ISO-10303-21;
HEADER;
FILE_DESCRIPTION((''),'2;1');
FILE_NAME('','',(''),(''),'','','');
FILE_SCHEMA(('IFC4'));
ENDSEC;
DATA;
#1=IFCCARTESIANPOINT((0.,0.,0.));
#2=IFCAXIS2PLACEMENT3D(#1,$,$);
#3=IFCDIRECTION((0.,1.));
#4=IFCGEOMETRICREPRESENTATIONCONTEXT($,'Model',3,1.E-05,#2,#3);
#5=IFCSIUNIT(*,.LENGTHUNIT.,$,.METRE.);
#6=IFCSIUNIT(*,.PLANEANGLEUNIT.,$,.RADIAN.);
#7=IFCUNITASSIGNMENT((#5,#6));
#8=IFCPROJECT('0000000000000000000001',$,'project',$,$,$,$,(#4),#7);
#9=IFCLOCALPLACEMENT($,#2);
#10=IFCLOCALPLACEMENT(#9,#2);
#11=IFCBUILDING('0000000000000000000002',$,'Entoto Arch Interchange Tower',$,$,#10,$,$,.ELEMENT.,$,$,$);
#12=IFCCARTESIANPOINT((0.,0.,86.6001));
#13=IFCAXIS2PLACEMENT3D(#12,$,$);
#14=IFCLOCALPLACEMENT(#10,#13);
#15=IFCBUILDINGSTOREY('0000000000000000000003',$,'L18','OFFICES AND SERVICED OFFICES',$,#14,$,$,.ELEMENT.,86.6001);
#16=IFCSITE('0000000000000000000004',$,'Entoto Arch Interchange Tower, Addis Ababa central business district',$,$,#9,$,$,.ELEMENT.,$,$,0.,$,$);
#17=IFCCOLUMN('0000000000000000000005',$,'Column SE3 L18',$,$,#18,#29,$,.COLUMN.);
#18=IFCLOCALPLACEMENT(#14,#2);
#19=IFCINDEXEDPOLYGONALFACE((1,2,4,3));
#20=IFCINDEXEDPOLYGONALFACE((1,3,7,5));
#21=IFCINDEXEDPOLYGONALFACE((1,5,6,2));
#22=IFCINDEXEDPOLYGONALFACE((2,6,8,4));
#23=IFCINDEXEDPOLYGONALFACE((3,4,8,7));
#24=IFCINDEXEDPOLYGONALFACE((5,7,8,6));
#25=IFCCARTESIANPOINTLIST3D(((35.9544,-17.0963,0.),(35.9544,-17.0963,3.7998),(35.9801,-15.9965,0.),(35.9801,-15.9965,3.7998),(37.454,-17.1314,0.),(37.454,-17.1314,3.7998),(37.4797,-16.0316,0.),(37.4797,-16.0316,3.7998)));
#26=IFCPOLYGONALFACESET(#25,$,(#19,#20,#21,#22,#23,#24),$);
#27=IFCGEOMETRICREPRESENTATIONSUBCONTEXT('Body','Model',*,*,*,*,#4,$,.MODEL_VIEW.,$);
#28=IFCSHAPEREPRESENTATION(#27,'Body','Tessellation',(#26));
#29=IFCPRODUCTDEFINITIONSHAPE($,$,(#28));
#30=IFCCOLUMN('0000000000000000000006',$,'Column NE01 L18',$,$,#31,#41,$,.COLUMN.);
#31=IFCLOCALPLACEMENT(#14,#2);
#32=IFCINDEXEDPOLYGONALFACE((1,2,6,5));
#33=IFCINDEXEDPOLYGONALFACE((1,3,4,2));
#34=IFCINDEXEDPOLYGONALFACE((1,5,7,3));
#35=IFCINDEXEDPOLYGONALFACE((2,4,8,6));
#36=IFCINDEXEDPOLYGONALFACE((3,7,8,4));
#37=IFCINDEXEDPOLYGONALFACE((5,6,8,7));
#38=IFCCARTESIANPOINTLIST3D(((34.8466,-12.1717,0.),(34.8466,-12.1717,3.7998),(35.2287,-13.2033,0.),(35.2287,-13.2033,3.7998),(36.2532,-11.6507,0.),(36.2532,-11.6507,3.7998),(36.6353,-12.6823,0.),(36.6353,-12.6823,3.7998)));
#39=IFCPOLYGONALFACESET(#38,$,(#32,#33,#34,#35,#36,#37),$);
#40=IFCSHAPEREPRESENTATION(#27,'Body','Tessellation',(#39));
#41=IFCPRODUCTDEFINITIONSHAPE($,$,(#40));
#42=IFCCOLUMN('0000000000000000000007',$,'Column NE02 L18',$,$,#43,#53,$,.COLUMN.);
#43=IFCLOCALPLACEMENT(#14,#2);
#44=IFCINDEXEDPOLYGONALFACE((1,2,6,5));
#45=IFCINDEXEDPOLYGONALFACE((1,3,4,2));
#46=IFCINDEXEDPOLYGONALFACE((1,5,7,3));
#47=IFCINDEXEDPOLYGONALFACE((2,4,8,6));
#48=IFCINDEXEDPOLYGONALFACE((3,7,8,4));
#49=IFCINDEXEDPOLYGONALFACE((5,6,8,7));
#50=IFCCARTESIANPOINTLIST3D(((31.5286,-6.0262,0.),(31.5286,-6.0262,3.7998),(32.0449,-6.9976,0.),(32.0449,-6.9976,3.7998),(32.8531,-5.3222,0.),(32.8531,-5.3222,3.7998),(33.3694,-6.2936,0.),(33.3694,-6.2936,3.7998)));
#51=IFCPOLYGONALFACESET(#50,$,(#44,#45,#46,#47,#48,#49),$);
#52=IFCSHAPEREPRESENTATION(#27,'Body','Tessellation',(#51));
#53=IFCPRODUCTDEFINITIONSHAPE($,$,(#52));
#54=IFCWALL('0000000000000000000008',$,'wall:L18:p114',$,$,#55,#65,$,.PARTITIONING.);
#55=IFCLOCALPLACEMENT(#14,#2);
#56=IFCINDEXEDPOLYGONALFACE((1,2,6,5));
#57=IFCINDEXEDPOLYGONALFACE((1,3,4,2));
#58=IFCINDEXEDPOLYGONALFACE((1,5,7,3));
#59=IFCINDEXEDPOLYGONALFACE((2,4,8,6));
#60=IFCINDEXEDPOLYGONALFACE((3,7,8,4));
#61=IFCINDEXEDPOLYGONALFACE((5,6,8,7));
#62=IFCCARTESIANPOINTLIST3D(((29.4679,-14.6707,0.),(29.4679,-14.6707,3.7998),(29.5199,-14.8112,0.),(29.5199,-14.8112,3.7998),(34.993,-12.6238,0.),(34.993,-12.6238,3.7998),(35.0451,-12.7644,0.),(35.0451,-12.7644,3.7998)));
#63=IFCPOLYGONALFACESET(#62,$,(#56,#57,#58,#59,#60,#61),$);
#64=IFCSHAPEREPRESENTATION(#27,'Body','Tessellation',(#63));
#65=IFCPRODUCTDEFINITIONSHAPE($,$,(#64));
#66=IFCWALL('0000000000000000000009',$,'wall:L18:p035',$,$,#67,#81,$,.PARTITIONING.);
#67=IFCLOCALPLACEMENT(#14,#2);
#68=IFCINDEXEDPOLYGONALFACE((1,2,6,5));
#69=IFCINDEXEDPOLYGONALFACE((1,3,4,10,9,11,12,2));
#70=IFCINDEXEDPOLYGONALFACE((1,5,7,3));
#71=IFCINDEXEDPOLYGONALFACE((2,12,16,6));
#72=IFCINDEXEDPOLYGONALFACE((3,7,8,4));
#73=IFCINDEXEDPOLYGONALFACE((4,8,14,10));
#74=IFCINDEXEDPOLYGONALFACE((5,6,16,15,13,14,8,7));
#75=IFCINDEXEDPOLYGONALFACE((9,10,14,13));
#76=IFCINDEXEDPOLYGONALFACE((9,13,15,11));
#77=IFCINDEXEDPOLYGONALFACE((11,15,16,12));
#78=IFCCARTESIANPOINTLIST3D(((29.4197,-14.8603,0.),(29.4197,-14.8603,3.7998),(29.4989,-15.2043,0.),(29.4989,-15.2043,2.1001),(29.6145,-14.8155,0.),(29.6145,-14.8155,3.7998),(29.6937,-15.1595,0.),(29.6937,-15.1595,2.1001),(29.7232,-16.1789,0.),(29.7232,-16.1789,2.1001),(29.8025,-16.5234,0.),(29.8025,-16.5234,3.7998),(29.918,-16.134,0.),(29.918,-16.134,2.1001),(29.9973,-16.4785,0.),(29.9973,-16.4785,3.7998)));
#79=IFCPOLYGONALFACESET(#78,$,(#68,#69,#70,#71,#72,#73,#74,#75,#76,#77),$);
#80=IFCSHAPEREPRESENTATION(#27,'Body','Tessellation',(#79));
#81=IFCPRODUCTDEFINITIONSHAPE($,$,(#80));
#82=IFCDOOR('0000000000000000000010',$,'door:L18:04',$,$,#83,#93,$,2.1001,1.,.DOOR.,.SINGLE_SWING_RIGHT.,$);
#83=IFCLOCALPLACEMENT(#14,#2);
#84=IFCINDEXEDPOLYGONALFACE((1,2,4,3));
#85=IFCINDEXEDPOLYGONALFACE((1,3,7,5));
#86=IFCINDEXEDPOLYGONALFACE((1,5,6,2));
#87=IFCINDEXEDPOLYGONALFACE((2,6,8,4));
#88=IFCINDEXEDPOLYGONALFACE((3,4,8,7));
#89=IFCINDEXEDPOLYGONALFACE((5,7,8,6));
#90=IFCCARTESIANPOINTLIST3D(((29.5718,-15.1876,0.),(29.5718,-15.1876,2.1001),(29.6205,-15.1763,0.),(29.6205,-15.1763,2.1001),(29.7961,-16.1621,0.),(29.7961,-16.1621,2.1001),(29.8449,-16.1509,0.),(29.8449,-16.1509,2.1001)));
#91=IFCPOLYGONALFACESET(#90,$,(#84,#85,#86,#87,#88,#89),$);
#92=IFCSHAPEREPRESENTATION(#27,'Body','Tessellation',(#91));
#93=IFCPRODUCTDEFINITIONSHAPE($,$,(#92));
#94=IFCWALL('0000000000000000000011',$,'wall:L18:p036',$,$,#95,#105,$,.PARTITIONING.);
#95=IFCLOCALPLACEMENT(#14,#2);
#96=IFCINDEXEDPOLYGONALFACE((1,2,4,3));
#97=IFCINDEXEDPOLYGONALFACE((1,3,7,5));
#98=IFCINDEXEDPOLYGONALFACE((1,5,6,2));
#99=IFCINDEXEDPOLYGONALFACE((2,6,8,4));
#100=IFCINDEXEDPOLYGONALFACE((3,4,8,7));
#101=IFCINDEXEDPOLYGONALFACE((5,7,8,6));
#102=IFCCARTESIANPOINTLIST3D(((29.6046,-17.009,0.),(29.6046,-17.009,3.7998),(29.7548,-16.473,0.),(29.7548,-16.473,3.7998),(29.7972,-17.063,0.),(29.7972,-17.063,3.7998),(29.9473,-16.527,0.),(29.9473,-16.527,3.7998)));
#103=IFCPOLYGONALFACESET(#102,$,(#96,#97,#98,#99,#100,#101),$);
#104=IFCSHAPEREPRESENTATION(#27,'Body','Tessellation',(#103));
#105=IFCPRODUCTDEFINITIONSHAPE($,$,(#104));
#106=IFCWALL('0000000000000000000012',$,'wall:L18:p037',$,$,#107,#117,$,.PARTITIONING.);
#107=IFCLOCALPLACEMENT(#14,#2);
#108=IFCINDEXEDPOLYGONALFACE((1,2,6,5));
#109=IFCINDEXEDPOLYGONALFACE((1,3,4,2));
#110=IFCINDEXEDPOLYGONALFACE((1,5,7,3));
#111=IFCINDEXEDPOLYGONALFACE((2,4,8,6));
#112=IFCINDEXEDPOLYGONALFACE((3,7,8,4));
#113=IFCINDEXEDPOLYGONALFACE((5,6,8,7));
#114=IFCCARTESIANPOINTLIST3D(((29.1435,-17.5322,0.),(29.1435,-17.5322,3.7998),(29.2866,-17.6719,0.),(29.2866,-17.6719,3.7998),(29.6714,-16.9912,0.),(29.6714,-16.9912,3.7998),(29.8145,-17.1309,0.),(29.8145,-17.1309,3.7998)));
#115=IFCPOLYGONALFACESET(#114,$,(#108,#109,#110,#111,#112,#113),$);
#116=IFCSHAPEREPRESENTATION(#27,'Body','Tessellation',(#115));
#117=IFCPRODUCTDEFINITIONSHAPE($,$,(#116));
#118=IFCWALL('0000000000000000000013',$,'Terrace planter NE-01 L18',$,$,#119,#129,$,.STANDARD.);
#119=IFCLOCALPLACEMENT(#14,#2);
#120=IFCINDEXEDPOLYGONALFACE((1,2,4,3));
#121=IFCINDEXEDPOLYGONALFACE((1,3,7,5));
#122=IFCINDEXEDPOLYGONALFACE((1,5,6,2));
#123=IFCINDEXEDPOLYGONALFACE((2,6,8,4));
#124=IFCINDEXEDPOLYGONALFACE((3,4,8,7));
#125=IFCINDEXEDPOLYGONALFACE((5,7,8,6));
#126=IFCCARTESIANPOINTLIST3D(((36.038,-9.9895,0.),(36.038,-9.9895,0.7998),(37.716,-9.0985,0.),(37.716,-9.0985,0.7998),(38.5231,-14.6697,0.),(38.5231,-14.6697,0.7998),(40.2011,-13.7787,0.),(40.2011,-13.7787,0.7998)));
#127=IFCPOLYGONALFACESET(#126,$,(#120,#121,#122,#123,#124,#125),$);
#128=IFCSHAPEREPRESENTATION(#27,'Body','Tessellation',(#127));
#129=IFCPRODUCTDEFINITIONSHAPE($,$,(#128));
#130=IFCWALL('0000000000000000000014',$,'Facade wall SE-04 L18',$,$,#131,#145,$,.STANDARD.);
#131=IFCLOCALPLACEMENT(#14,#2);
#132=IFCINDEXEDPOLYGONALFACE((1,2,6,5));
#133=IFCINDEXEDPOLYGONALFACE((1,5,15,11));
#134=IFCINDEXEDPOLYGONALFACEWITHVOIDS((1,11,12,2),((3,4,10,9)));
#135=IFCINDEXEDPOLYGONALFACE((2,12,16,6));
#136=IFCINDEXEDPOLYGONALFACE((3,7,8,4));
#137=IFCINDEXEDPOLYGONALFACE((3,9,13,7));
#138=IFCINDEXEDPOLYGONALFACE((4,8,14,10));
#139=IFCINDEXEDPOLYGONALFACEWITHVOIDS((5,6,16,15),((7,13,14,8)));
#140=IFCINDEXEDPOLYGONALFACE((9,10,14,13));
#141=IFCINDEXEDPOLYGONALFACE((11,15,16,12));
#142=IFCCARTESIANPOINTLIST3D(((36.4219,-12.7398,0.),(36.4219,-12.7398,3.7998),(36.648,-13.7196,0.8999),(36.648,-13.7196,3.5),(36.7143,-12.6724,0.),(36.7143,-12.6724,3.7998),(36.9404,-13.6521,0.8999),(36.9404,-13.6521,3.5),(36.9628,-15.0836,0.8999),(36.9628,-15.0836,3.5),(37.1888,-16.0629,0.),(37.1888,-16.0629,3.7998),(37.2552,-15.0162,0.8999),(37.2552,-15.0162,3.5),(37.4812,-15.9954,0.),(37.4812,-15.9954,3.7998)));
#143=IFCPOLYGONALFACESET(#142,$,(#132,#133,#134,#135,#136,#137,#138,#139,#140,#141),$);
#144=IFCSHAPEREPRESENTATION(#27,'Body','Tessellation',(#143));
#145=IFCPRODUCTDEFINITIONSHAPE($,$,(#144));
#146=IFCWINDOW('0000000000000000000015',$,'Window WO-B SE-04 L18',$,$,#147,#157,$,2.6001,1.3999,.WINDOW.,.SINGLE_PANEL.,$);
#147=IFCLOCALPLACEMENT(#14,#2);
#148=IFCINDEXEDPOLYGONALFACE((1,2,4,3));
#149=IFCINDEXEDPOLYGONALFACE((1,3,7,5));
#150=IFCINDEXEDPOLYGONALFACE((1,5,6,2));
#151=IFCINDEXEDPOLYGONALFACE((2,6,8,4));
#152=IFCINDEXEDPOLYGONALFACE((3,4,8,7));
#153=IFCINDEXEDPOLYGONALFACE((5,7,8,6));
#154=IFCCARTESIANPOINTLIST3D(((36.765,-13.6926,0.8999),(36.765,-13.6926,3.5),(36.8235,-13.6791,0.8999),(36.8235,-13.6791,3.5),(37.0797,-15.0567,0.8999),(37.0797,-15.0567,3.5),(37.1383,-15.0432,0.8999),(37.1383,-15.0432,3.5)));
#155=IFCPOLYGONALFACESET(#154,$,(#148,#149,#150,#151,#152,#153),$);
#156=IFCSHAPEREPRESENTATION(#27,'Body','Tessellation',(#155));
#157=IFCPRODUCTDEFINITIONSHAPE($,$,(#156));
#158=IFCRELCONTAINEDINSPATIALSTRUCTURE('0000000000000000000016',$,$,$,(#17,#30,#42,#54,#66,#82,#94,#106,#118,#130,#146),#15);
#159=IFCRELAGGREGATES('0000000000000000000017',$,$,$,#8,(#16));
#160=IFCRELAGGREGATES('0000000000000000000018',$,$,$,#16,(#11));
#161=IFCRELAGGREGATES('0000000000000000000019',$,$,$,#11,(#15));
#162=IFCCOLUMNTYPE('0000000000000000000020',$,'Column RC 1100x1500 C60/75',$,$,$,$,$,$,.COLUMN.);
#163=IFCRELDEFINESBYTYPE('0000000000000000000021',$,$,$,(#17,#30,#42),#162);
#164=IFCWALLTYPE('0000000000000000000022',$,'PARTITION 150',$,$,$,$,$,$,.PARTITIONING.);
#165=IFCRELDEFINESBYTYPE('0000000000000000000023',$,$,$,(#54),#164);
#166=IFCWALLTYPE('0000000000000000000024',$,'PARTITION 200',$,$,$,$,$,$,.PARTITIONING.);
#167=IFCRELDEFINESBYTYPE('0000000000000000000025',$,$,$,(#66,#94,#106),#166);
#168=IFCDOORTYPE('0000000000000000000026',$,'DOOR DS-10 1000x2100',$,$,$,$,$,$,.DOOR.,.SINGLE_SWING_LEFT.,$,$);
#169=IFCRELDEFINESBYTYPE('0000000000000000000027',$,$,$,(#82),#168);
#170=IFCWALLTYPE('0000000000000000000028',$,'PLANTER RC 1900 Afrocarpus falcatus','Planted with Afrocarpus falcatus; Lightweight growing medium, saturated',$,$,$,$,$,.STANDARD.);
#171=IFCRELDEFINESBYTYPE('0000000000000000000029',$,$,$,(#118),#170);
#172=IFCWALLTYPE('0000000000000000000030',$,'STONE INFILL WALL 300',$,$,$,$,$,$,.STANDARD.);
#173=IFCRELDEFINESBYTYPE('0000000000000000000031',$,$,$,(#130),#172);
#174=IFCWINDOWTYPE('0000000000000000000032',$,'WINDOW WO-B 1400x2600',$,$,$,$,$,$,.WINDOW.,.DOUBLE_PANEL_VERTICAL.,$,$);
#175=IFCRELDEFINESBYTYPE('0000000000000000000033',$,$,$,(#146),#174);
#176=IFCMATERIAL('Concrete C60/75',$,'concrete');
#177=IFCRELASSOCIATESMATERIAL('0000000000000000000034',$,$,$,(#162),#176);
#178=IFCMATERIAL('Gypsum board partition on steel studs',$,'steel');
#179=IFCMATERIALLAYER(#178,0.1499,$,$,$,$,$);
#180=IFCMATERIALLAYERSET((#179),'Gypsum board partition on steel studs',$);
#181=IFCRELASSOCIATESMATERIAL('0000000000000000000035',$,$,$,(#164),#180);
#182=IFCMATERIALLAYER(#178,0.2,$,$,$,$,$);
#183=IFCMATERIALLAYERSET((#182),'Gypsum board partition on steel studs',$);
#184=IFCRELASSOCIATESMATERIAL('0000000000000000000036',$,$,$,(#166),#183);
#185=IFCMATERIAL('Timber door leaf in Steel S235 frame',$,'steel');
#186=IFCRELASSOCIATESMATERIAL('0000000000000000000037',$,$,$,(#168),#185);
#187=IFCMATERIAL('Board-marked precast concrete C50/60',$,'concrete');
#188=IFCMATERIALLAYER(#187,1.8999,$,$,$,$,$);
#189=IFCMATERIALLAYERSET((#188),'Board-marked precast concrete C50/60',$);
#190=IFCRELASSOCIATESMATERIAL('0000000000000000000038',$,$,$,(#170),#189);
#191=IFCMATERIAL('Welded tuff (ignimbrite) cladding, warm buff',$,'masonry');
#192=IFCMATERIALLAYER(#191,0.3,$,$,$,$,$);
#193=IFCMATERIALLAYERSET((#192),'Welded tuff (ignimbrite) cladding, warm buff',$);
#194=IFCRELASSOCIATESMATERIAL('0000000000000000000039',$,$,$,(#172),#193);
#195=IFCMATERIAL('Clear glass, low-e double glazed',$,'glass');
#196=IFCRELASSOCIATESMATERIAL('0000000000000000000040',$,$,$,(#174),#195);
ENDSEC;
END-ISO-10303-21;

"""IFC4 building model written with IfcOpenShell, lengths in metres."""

from ifc_helpers import new_model, si_unit, direction, frame, frame_2d, origin, origin_2d, place, context, subcontext, project, spatial, rectangle, extrude, material, layer, layer_set, material_profile, profile_set, type_object, element, fill, save


model = new_model("IFC4")

# Units and contexts
model_context = context("Model", 3, precision=1e-05, world=origin(), true_north=direction((0.0, 1.0)))
body_context = subcontext(model_context, "Body", "Model", "MODEL_VIEW")
ifc_project = project(units=[si_unit("LENGTHUNIT", "METRE"), si_unit("PLANEANGLEUNIT", "RADIAN")], contexts=[model_context])

# Site, building, storey
site_placement = place(None, origin())
site = spatial("IfcSite", under=ifc_project, at=site_placement, Name="Entoto Arch Interchange Tower, Addis Ababa central business district", CompositionType="ELEMENT", RefElevation=0.0)
building_placement = place(site_placement, origin())
building = spatial("IfcBuilding", under=site, at=building_placement, Name="Entoto Arch Interchange Tower", CompositionType="ELEMENT")
storey_placement = place(building_placement, frame((0.0, 0.0, 86.6001)))
storey = spatial("IfcBuildingStorey", under=building, at=storey_placement, Name="L18", Description="OFFICES AND SERVICED OFFICES", CompositionType="ELEMENT", Elevation=86.6001)

# Columns
ifc_material_1 = material(Name="Concrete C60/75", Category="concrete")
ifc_material_profile = material_profile(ifc_material_1, rectangle(XDim=1.1001, YDim=1.5, at=origin_2d()))
ifc_profile_set = profile_set([ifc_material_profile], Name="Concrete C60/75")
column_type = type_object("IfcColumnType", Name="Column RC 1100x1500 C60/75", PredefinedType="COLUMN", material=ifc_profile_set)
for number, where, z_axis, x_axis, name in (
    (1, (36.717, -16.564, 0.0), (0.0, 0.0, 1.0), (0.023385, 0.999727, 0.0), "Column SE3 L18"),
    (2, (35.741, -12.427, 0.0), (0.0, 0.0, 1.0), (-0.347312, 0.93775, 0.0), "Column NE01 L18"),
    (3, (32.449, -6.1599, 0.0), (0.0, 0.0, 1.0), (-0.469333, 0.883021, 0.0), "Column NE02 L18"),
):
    element("IfcColumn", number, at=place(storey_placement, frame(where, z_axis=z_axis, x_axis=x_axis)), inside=storey, type_object=column_type, Name=name, PredefinedType="COLUMN", context=body_context, shape_type="SweptSolid", body=[
        extrude(rectangle(XDim=1.1001, YDim=1.5, at=origin_2d()), origin(), (0.0, 0.0, 1.0), 3.7998),
    ])

# Wall
ifc_material_2 = material(Name="Gypsum board partition on steel studs", Category="steel")
ifc_layer_1 = layer(ifc_material_2, 0.1499)
ifc_layer_set_1 = layer_set([ifc_layer_1], Name="Gypsum board partition on steel studs")
wall_type_1 = type_object("IfcWallType", Name="PARTITION 150", PredefinedType="PARTITIONING", material=ifc_layer_set_1)
wall_1_placement = place(storey_placement, frame((29.4939, -14.741, 0.0), z_axis=(0.0, 0.0, 1.0), x_axis=(0.93772, 0.347393, 0.0)))
element("IfcWall", 4, at=wall_1_placement, inside=storey, type_object=wall_type_1, Name="wall:L18:p114", PredefinedType="PARTITIONING", context=body_context, shape_type="SweptSolid", body=[
    extrude(rectangle(XDim=5.8921, YDim=0.1499, at=frame_2d((2.946, 0.0))), origin(), (0.0, 0.0, 1.0), 3.7998),
])

# Wall, opening, door
ifc_layer_2 = layer(ifc_material_2, 0.2)
ifc_layer_set_2 = layer_set([ifc_layer_2], Name="Gypsum board partition on steel studs")
wall_type_2 = type_object("IfcWallType", Name="PARTITION 200", PredefinedType="PARTITIONING", material=ifc_layer_set_2)
wall_2_placement = place(storey_placement, frame((29.5171, -14.8379, 0.0), z_axis=(0.0, 0.0, 1.0), x_axis=(0.224316, -0.974516, 0.0)))
wall_2 = element("IfcWall", 5, at=wall_2_placement, inside=storey, type_object=wall_type_2, Name="wall:L18:p035", PredefinedType="PARTITIONING", context=body_context, shape_type="SweptSolid", body=[
    extrude(rectangle(XDim=1.7065, YDim=0.2, at=frame_2d((0.8533, 0.0))), origin(), (0.0, 0.0, 1.0), 3.7998),
])
opening_1_placement = place(wall_2_placement, frame((0.353, 0.0, 0.0)))
opening_1 = element("IfcOpeningElement", 6, at=opening_1_placement, cuts=wall_2, PredefinedType="OPENING", context=body_context, shape_type="SweptSolid", body=[
    extrude(rectangle(XDim=1.0, YDim=2.1001, at=frame_2d((0.5, 1.05))), frame((0.0, 0.1099, 0.0), z_axis=(0.0, -1.0, 0.0), x_axis=(1.0, 0.0, 0.0)), (0.0, 0.0, 1.0), 0.22),
])
ifc_material_3 = material(Name="Timber door leaf in Steel S235 frame", Category="steel")
door_type_1 = type_object("IfcDoorType", Name="DOOR DS-10 1000x2100", OperationType="SINGLE_SWING_LEFT", PredefinedType="DOOR", material=ifc_material_3)
door_1_placement = place(opening_1_placement, origin())
door_1 = element("IfcDoor", 7, at=door_1_placement, inside=storey, type_object=door_type_1, Name="door:L18:04", OperationType="SINGLE_SWING_RIGHT", OverallHeight=2.1001, OverallWidth=1.0, PredefinedType="DOOR", context=body_context, shape_type="SweptSolid", body=[
    extrude(rectangle(XDim=1.0, YDim=2.1001, at=frame_2d((0.5, 1.05))), frame((0.0, 0.0249, 0.0), z_axis=(0.0, -1.0, 0.0), x_axis=(1.0, 0.0, 0.0)), (0.0, 0.0, 1.0), 0.05),
])
fill(opening_1, door_1)

# Walls
wall_3_placement = place(storey_placement, frame((29.8511, -16.5, 0.0), z_axis=(0.0, 0.0, 1.0), x_axis=(-0.269793, -0.962918, 0.0)))
element("IfcWall", 8, at=wall_3_placement, inside=storey, type_object=wall_type_2, Name="wall:L18:p036", PredefinedType="PARTITIONING", context=body_context, shape_type="SweptSolid", body=[
    extrude(rectangle(XDim=0.5566, YDim=0.2, at=frame_2d((0.2783, 0.0))), origin(), (0.0, 0.0, 1.0), 3.7998),
])
wall_4_placement = place(storey_placement, frame((29.7429, -17.061, 0.0), z_axis=(0.0, 0.0, 1.0), x_axis=(-0.698332, -0.715774, 0.0)))
element("IfcWall", 9, at=wall_4_placement, inside=storey, type_object=wall_type_2, Name="wall:L18:p037", PredefinedType="PARTITIONING", context=body_context, shape_type="SweptSolid", body=[
    extrude(rectangle(XDim=0.7559, YDim=0.2, at=frame_2d((0.3779, 0.0))), origin(), (0.0, 0.0, 1.0), 3.7998),
])
ifc_material_4 = material(Name="Board-marked precast concrete C50/60", Category="concrete")
ifc_layer_3 = layer(ifc_material_4, 1.8999)
ifc_layer_set_3 = layer_set([ifc_layer_3], Name="Board-marked precast concrete C50/60")
wall_type_3 = type_object("IfcWallType", Name="PLANTER RC 1900 Afrocarpus falcatus", Description="Planted with Afrocarpus falcatus; Lightweight growing medium, saturated", PredefinedType="STANDARD", material=ifc_layer_set_3)
wall_5_placement = place(storey_placement, frame((39.3621, -14.2241, 0.0), z_axis=(0.0, 0.0, 1.0), x_axis=(-0.468973, 0.883212, 0.0)))
element("IfcWall", 10, at=wall_5_placement, inside=storey, type_object=wall_type_3, Name="Terrace planter NE-01 L18", PredefinedType="STANDARD", context=body_context, shape_type="SweptSolid", body=[
    extrude(rectangle(XDim=5.2991, YDim=1.8999, at=frame_2d((2.6494, 0.0))), origin(), (0.0, 0.0, 1.0), 0.7998),
])

# Wall, opening, window
ifc_material_5 = material(Name="Welded tuff (ignimbrite) cladding, warm buff", Category="masonry")
ifc_layer_4 = layer(ifc_material_5, 0.3)
ifc_layer_set_4 = layer_set([ifc_layer_4], Name="Welded tuff (ignimbrite) cladding, warm buff")
wall_type_4 = type_object("IfcWallType", Name="STONE INFILL WALL 300", PredefinedType="STANDARD", material=ifc_layer_set_4)
wall_6_placement = place(storey_placement, frame((37.335, -16.0291, 0.0), z_axis=(0.0, 0.0, 1.0), x_axis=(-0.22486, 0.974391, 0.0)))
wall_6 = element("IfcWall", 11, at=wall_6_placement, inside=storey, type_object=wall_type_4, Name="Facade wall SE-04 L18", PredefinedType="STANDARD", context=body_context, shape_type="SweptSolid", body=[
    extrude(rectangle(XDim=3.4104, YDim=0.3, at=frame_2d((1.7051, 0.0))), origin(), (0.0, 0.0, 1.0), 3.7998),
])
opening_2_placement = place(wall_6_placement, frame((1.0049, 0.0, 0.8999)))
opening_2 = element("IfcOpeningElement", 12, at=opening_2_placement, cuts=wall_6, PredefinedType="OPENING", context=body_context, shape_type="SweptSolid", body=[
    extrude(rectangle(XDim=1.3999, YDim=2.6001, at=frame_2d((0.7, 1.3))), frame((0.0, 0.1602, 0.0), z_axis=(0.0, -1.0, 0.0), x_axis=(1.0, 0.0, 0.0)), (0.0, 0.0, 1.0), 0.3201),
])
ifc_material_6 = material(Name="Clear glass, low-e double glazed", Category="glass")
window_type_1 = type_object("IfcWindowType", Name="WINDOW WO-B 1400x2600", PartitioningType="DOUBLE_PANEL_VERTICAL", PredefinedType="WINDOW", material=ifc_material_6)
window_1_placement = place(opening_2_placement, origin())
window_1 = element("IfcWindow", 13, at=window_1_placement, inside=storey, type_object=window_type_1, Name="Window WO-B SE-04 L18", OverallHeight=2.6001, OverallWidth=1.3999, PartitioningType="SINGLE_PANEL", PredefinedType="WINDOW", context=body_context, shape_type="SweptSolid", body=[
    extrude(rectangle(XDim=1.3999, YDim=2.6001, at=frame_2d((0.7, 1.3))), frame((0.0, 0.03, 0.0), z_axis=(0.0, -1.0, 0.0), x_axis=(1.0, 0.0, 0.0)), (0.0, 0.0, 1.0), 0.0601),
])
fill(opening_2, window_1)

save(model, "model.ifc")
